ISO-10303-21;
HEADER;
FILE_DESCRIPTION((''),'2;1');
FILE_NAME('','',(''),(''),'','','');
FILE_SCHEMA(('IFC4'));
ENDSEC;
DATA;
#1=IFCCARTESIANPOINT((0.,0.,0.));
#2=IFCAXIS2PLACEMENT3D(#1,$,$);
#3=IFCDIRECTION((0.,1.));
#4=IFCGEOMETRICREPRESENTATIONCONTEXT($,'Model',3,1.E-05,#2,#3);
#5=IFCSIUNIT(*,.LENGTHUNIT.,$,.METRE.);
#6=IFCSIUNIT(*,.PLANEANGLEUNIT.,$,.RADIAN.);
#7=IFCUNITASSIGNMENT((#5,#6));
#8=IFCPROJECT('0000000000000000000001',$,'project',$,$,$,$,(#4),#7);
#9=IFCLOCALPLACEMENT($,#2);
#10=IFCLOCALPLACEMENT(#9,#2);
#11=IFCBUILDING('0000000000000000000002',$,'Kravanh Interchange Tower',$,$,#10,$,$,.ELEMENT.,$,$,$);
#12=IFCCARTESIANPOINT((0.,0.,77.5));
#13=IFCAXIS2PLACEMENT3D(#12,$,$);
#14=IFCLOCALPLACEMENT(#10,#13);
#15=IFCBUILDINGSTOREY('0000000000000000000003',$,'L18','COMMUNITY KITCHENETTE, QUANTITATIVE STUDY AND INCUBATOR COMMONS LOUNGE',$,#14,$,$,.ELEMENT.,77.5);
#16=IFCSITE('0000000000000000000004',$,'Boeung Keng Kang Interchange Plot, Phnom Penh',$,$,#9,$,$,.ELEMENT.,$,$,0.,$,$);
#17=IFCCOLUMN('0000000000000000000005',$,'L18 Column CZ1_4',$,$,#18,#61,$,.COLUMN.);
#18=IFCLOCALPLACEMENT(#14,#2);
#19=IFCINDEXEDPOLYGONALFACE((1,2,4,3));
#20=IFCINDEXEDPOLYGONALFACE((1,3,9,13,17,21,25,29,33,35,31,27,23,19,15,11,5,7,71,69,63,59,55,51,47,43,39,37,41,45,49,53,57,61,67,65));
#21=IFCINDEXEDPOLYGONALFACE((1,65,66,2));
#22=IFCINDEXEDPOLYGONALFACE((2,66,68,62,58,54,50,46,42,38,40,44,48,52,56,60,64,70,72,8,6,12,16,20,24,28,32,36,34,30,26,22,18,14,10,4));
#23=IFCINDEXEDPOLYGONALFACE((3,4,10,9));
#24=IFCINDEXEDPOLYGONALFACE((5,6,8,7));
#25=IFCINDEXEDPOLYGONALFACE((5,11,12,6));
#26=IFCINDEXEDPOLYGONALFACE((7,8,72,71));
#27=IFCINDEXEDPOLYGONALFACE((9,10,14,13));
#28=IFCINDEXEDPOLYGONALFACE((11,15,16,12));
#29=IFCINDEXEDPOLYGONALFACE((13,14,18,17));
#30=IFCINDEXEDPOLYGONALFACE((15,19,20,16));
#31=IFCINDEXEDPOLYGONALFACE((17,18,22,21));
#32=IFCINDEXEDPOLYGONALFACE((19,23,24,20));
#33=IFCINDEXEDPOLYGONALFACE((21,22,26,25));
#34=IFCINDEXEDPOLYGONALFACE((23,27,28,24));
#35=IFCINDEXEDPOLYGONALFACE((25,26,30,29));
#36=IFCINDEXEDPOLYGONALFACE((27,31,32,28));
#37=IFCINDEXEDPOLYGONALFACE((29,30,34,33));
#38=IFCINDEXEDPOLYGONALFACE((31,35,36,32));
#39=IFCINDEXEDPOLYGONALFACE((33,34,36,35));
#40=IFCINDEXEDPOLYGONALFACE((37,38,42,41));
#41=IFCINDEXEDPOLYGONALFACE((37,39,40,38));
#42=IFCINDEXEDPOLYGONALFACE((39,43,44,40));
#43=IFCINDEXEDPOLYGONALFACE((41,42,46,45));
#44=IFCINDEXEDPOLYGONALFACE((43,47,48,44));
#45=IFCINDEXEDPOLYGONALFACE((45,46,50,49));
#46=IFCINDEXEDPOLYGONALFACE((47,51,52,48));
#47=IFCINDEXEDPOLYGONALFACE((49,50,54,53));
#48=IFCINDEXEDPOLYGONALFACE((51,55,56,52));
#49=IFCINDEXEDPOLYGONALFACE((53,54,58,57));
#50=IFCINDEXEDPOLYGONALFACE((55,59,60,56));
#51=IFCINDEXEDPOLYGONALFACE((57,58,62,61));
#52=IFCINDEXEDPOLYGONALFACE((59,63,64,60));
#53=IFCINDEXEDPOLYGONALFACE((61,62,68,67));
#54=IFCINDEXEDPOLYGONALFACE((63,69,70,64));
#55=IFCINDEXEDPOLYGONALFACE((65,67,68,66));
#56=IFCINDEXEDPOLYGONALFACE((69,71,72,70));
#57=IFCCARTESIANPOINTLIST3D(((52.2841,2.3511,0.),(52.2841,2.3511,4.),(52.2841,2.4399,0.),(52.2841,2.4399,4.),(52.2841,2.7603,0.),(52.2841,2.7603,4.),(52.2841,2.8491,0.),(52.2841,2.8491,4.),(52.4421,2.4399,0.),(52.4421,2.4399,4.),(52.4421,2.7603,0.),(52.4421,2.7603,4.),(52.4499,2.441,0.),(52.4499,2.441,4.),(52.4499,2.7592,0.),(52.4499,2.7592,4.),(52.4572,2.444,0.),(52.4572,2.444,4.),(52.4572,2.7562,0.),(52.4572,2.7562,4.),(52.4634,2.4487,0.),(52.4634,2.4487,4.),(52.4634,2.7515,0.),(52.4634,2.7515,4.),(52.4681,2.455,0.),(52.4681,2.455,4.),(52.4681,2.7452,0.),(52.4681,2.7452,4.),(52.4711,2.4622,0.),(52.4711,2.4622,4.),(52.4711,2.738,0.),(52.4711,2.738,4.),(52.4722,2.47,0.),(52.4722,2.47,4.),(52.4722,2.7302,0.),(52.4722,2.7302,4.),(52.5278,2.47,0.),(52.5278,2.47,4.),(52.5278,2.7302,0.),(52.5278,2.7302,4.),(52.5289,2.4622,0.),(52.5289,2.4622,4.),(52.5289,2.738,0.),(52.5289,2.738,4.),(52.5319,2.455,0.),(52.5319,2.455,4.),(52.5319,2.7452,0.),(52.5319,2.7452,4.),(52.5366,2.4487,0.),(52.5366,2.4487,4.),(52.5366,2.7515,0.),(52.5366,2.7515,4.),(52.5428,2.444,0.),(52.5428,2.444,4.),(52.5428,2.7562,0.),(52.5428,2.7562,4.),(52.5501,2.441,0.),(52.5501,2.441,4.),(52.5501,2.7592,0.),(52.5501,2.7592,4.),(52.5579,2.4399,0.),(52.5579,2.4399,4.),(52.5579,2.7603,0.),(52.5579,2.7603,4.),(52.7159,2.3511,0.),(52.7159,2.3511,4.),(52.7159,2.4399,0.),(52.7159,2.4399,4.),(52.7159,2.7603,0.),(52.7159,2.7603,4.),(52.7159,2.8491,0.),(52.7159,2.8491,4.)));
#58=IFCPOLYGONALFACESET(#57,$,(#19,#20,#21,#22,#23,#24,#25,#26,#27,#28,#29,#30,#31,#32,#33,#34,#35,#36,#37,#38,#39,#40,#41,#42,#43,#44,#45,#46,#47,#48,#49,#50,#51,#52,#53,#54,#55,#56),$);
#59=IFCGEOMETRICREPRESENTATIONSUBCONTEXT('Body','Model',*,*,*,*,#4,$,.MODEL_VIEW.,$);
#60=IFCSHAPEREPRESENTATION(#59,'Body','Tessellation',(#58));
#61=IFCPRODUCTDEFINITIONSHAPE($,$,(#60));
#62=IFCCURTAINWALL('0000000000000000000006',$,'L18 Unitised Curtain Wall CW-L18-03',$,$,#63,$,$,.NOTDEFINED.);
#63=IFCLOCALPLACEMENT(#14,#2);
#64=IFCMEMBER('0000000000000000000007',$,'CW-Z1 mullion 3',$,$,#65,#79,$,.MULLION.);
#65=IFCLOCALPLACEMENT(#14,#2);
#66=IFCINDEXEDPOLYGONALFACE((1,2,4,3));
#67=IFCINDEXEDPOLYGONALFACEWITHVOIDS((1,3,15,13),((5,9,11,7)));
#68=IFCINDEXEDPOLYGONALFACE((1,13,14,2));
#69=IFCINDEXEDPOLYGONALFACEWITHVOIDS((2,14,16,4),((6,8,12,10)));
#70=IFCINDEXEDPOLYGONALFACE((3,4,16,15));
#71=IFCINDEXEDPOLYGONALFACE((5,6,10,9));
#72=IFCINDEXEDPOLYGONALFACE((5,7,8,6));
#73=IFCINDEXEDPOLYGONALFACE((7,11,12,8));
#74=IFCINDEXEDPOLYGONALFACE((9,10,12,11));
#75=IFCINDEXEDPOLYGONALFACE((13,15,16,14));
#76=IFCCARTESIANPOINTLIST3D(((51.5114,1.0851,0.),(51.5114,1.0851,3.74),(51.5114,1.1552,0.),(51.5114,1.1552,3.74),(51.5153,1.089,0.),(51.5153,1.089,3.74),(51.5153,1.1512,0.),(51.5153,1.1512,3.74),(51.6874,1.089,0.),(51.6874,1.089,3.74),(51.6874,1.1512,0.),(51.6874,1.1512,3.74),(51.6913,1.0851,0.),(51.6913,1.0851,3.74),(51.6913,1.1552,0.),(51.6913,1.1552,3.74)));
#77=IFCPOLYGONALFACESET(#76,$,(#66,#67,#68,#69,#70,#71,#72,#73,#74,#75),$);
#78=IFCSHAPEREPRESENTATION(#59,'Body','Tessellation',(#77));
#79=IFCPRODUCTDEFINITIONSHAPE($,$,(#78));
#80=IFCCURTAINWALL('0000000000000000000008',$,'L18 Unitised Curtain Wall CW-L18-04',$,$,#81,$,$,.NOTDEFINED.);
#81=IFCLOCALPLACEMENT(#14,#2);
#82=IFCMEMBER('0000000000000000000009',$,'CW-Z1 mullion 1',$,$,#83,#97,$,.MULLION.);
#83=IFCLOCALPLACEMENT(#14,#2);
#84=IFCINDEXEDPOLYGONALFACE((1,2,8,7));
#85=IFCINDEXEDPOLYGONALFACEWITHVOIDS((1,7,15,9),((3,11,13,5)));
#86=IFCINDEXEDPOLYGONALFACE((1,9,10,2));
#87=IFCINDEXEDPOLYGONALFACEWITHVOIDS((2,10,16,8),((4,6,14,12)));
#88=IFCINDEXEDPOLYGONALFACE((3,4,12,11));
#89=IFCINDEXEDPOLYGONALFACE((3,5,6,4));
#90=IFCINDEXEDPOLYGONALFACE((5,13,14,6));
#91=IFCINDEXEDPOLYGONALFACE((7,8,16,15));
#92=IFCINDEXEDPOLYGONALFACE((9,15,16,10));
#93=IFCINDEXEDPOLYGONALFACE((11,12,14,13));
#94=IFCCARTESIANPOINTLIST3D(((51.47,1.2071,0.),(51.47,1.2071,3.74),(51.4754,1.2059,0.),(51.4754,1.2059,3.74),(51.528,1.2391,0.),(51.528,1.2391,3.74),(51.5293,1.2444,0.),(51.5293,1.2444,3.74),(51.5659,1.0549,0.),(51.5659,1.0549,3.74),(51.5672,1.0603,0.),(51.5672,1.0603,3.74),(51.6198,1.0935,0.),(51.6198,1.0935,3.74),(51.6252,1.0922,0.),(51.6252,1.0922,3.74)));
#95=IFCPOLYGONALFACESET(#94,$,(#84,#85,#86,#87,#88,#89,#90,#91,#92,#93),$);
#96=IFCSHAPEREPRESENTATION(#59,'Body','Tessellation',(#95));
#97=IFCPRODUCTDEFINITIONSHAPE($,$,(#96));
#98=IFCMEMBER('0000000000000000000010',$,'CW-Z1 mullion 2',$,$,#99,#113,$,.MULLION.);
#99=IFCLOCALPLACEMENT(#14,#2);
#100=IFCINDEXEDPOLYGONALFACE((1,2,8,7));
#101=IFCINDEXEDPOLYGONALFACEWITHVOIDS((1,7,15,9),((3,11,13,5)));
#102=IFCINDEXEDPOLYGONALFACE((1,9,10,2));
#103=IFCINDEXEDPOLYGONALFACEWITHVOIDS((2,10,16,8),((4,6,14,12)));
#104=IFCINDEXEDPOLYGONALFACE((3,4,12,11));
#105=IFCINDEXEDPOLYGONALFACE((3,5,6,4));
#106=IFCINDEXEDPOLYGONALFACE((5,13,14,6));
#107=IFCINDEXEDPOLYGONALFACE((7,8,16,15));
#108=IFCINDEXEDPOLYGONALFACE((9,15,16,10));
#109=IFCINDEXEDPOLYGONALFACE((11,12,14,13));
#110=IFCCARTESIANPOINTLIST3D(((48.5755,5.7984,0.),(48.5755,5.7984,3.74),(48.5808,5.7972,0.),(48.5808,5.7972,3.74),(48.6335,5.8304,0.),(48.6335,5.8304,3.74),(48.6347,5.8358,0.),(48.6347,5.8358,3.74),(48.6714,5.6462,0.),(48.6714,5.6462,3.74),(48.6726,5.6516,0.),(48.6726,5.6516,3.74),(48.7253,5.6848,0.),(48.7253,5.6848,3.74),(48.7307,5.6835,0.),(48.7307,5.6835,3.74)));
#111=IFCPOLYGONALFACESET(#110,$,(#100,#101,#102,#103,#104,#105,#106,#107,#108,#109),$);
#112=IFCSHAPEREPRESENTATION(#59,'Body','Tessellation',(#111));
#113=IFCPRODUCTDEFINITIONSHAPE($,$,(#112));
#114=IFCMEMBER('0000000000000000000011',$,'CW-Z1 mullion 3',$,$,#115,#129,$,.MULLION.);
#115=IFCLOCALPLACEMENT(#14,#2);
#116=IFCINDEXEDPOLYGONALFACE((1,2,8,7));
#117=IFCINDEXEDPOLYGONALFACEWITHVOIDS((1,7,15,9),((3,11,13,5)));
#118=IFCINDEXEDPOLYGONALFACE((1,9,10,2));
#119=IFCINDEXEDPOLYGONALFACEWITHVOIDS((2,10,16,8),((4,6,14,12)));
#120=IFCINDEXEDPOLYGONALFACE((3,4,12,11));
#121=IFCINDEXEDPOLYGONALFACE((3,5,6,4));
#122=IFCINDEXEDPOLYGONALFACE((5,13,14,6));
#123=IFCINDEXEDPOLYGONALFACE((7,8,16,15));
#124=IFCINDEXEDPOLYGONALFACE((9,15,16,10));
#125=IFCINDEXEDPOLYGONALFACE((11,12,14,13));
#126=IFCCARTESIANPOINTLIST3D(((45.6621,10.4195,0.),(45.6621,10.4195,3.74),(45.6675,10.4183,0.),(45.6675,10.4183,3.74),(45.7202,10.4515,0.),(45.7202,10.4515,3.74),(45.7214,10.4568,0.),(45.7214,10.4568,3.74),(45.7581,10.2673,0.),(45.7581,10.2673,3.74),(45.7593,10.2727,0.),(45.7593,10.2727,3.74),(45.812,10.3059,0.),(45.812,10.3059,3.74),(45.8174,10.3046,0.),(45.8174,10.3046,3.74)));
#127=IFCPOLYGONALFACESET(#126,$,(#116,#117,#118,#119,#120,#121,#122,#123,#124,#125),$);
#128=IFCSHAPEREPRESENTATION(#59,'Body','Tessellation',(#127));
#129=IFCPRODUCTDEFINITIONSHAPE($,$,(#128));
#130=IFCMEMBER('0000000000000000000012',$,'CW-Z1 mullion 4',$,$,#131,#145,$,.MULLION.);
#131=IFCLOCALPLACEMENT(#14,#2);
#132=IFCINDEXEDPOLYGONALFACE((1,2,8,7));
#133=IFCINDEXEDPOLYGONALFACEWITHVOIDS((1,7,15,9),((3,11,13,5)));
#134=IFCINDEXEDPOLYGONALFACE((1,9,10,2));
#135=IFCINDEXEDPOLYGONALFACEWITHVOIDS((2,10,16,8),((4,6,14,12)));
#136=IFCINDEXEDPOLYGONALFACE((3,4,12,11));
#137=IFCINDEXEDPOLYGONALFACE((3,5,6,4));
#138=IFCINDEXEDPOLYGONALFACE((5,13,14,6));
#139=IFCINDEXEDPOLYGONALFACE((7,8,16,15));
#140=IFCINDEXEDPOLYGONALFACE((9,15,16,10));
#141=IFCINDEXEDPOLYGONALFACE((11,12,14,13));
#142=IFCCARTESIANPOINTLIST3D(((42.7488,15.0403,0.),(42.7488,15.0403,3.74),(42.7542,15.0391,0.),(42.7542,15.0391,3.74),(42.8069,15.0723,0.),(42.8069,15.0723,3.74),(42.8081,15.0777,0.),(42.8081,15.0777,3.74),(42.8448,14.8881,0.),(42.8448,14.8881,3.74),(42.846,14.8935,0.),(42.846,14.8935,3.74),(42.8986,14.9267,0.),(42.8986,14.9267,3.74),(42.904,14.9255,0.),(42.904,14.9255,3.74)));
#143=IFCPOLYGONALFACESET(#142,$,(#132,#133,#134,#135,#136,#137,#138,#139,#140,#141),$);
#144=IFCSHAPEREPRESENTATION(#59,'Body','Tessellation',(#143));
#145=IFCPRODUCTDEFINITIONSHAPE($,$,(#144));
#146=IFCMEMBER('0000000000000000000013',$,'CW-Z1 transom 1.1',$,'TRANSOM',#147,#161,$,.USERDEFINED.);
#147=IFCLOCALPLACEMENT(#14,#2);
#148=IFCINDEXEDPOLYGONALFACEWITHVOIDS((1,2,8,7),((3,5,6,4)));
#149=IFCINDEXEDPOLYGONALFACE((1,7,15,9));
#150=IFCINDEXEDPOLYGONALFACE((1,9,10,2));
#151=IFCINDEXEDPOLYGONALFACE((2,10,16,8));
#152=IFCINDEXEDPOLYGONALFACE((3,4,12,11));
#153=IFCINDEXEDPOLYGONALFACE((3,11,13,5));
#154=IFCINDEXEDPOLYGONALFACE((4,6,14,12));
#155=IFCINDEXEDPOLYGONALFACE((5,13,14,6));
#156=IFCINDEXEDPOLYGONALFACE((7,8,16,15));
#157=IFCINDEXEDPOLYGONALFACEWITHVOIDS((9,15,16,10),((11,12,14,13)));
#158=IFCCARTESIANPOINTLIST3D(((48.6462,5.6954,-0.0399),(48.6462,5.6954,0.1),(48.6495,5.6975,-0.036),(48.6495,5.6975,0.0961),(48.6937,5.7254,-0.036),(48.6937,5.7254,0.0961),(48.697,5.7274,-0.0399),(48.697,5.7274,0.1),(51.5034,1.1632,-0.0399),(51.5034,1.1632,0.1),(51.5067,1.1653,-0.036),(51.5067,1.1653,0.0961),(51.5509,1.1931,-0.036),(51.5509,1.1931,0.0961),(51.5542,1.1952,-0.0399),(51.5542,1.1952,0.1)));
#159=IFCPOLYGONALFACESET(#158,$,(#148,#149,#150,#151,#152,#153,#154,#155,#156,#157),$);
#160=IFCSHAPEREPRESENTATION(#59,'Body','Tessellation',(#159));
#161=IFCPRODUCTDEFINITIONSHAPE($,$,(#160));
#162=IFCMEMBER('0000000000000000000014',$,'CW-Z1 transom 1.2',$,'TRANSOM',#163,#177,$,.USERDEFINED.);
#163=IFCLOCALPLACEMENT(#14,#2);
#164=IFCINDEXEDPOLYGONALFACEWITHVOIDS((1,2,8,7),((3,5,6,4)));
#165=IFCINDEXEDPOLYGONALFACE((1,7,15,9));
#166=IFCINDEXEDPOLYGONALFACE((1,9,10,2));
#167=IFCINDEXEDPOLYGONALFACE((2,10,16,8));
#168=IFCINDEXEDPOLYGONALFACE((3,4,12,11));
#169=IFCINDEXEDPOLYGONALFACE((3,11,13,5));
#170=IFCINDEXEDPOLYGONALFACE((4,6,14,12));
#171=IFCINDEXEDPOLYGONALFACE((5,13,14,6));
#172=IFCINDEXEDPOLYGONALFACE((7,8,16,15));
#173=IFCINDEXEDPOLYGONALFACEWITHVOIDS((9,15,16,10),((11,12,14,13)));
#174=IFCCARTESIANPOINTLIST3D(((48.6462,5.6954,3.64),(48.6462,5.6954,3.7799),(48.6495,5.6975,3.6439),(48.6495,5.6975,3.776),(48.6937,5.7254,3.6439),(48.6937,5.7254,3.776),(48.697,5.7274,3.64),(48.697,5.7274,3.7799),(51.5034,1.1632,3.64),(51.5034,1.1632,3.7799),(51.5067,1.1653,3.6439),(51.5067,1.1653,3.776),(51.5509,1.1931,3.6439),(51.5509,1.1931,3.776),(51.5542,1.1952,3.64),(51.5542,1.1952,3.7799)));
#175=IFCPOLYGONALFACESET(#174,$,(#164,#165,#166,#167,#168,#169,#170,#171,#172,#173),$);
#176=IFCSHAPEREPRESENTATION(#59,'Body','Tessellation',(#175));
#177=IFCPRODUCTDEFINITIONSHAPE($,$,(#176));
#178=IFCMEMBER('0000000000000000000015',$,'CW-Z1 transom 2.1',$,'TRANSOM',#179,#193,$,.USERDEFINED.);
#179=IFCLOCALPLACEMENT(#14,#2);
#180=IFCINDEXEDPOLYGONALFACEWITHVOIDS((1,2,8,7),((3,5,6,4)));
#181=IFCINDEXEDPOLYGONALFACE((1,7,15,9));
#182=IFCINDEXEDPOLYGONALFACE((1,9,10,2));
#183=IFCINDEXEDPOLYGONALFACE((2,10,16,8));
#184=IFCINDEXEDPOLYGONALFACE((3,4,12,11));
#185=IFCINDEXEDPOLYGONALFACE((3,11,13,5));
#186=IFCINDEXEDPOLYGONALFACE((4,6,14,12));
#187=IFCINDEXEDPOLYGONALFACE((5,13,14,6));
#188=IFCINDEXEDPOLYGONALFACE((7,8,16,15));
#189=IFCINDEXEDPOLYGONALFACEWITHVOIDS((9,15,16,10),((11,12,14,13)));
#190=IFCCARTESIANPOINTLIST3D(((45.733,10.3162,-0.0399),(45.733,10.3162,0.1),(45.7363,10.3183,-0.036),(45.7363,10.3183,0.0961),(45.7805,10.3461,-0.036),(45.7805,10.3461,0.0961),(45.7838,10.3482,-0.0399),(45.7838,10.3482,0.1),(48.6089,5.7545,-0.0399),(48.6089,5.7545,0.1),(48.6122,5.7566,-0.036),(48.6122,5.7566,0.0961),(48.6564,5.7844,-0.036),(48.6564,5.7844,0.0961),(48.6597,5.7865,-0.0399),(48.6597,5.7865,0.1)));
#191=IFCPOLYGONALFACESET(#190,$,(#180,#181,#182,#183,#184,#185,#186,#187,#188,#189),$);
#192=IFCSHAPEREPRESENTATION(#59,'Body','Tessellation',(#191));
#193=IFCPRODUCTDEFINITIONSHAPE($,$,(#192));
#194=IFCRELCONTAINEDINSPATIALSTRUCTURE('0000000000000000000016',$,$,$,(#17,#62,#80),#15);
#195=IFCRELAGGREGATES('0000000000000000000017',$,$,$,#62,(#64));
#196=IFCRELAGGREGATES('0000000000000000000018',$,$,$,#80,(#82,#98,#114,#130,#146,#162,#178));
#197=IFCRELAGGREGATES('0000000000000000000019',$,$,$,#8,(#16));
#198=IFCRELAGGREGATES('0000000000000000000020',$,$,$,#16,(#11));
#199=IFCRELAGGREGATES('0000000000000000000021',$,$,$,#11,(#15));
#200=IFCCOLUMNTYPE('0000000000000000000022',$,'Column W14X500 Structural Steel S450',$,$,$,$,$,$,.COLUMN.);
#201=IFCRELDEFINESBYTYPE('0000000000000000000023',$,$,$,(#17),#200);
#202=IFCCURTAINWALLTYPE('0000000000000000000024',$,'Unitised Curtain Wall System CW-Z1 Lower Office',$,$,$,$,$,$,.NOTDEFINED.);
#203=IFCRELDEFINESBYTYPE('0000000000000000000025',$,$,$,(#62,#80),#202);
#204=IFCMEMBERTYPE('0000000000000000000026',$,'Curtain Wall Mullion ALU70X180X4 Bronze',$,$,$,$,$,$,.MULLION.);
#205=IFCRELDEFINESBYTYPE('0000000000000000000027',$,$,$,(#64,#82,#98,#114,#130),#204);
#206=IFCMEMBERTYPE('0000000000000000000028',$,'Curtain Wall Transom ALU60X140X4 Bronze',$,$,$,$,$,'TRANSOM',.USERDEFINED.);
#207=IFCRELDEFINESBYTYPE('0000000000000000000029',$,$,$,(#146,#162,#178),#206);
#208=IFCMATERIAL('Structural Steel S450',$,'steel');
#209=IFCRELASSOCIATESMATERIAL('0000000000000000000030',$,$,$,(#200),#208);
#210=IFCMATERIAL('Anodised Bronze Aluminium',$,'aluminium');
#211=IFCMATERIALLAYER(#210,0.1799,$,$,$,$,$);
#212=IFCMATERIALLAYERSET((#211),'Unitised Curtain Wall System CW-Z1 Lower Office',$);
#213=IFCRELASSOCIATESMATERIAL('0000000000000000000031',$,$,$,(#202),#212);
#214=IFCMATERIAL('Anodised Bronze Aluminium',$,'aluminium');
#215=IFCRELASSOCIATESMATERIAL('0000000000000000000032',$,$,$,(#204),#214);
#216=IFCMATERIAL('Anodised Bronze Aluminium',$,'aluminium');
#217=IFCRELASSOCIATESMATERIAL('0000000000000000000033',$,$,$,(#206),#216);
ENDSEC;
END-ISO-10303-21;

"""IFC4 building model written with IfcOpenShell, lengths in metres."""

from ifc_helpers import new_model, si_unit, direction, frame, origin, origin_2d, place, context, subcontext, project, spatial, hollow_rectangle, i_section, extrude, material, layer, layer_set, material_profile, profile_set, type_object, element, aggregate, save


model = new_model("IFC4")

# Units and contexts
model_context = context("Model", 3, precision=1e-05, world=origin(), true_north=direction((0.0, 1.0)))
body_context = subcontext(model_context, "Body", "Model", "MODEL_VIEW")
ifc_project = project(units=[si_unit("LENGTHUNIT", "METRE"), si_unit("PLANEANGLEUNIT", "RADIAN")], contexts=[model_context])

# Site, building, storey
site_placement = place(None, origin())
site = spatial("IfcSite", under=ifc_project, at=site_placement, Name="Boeung Keng Kang Interchange Plot, Phnom Penh", CompositionType="ELEMENT", RefElevation=0.0)
building_placement = place(site_placement, origin())
building = spatial("IfcBuilding", under=site, at=building_placement, Name="Kravanh Interchange Tower", CompositionType="ELEMENT")
storey_placement = place(building_placement, frame((0.0, 0.0, 77.5)))
storey = spatial("IfcBuildingStorey", under=building, at=storey_placement, Name="L18", Description="COMMUNITY KITCHENETTE, QUANTITATIVE STUDY AND INCUBATOR COMMONS LOUNGE", CompositionType="ELEMENT", Elevation=77.5)

# Column
ifc_material_1 = material(Name="Structural Steel S450", Category="steel")
ifc_material_profile_1 = material_profile(ifc_material_1, i_section(OverallWidth=0.4319, OverallDepth=0.498, WebThickness=0.0557, FlangeThickness=0.0889, FilletRadius=0.03, at=origin_2d()), Name="W14X500")
ifc_profile_set_1 = profile_set([ifc_material_profile_1], Name="Structural Steel S450")
column_type = type_object("IfcColumnType", Name="Column W14X500 Structural Steel S450", PredefinedType="COLUMN", material=ifc_profile_set_1)
column_placement = place(storey_placement, frame((52.5, 2.6001, 0.0), z_axis=(0.0, 0.0, 1.0), x_axis=(1.0, 0.0, 0.0)))
element("IfcColumn", 1, at=column_placement, inside=storey, type_object=column_type, Name="L18 Column CZ1_4", PredefinedType="COLUMN", context=body_context, shape_type="SweptSolid", body=[
    extrude(i_section(OverallWidth=0.4319, OverallDepth=0.498, WebThickness=0.0557, FlangeThickness=0.0889, FilletRadius=0.03, at=origin_2d()), origin(), (0.0, 0.0, 1.0), 4.0),
])

# Curtain wall, member
ifc_material_2 = material(Name="Anodised Bronze Aluminium", Category="aluminium")
ifc_layer_1 = layer(ifc_material_2, 0.1799)
ifc_layer_set_1 = layer_set([ifc_layer_1], Name="Unitised Curtain Wall System CW-Z1 Lower Office")
curtain_wall_type = type_object("IfcCurtainWallType", Name="Unitised Curtain Wall System CW-Z1 Lower Office", PredefinedType="NOTDEFINED", material=ifc_layer_set_1)
curtain_wall_1_placement = place(storey_placement, origin())
curtain_wall_1 = element("IfcCurtainWall", 2, at=curtain_wall_1_placement, inside=storey, type_object=curtain_wall_type, Name="L18 Unitised Curtain Wall CW-L18-03", PredefinedType="NOTDEFINED")
ifc_material_3 = material(Name="Anodised Bronze Aluminium", Category="aluminium")
ifc_material_profile_2 = material_profile(ifc_material_3, hollow_rectangle(XDim=0.0701, YDim=0.1799, WallThickness=0.0039, at=origin_2d()), Name="ALU70X180X4")
ifc_profile_set_2 = profile_set([ifc_material_profile_2], Name="Anodised Bronze Aluminium")
member_type_1 = type_object("IfcMemberType", Name="Curtain Wall Mullion ALU70X180X4 Bronze", PredefinedType="MULLION", material=ifc_profile_set_2)
member_1_placement = place(storey_placement, frame((51.6013, 1.1201, 0.0), z_axis=(0.0, 0.0, 1.0), x_axis=(0.0, -1.0, 0.0)))
member_1 = element("IfcMember", 3, at=member_1_placement, type_object=member_type_1, Name="CW-Z1 mullion 3", PredefinedType="MULLION", context=body_context, shape_type="SweptSolid", body=[
    extrude(hollow_rectangle(XDim=0.0701, YDim=0.1799, WallThickness=0.0039, at=origin_2d()), origin(), (0.0, 0.0, 1.0), 3.74),
])
aggregate(curtain_wall_1, [member_1])

# Curtain wall, members
curtain_wall_2_placement = place(storey_placement, origin())
curtain_wall_2 = element("IfcCurtainWall", 4, at=curtain_wall_2_placement, inside=storey, type_object=curtain_wall_type, Name="L18 Unitised Curtain Wall CW-L18-04", PredefinedType="NOTDEFINED")
member_2_placement = place(storey_placement, frame((51.5476, 1.1497, 0.0), z_axis=(0.0, 0.0, 1.0), x_axis=(-0.845926, -0.533301, 0.0)))
member_2 = element("IfcMember", 5, at=member_2_placement, type_object=member_type_1, Name="CW-Z1 mullion 1", PredefinedType="MULLION", context=body_context, shape_type="SweptSolid", body=[
    extrude(hollow_rectangle(XDim=0.0701, YDim=0.1799, WallThickness=0.0039, at=origin_2d()), origin(), (0.0, 0.0, 1.0), 3.74),
])
member_3_placement = place(storey_placement, frame((48.6531, 5.741, 0.0), z_axis=(0.0, 0.0, 1.0), x_axis=(-0.845926, -0.533301, 0.0)))
member_3 = element("IfcMember", 6, at=member_3_placement, type_object=member_type_1, Name="CW-Z1 mullion 2", PredefinedType="MULLION", context=body_context, shape_type="SweptSolid", body=[
    extrude(hollow_rectangle(XDim=0.0701, YDim=0.1799, WallThickness=0.0039, at=origin_2d()), origin(), (0.0, 0.0, 1.0), 3.74),
])
member_4_placement = place(storey_placement, frame((45.7397, 10.3621, 0.0), z_axis=(0.0, 0.0, 1.0), x_axis=(-0.845926, -0.533301, 0.0)))
member_4 = element("IfcMember", 7, at=member_4_placement, type_object=member_type_1, Name="CW-Z1 mullion 3", PredefinedType="MULLION", context=body_context, shape_type="SweptSolid", body=[
    extrude(hollow_rectangle(XDim=0.0701, YDim=0.1799, WallThickness=0.0039, at=origin_2d()), origin(), (0.0, 0.0, 1.0), 3.74),
])
member_5_placement = place(storey_placement, frame((42.8264, 14.9829, 0.0), z_axis=(0.0, 0.0, 1.0), x_axis=(-0.845926, -0.533301, 0.0)))
member_5 = element("IfcMember", 8, at=member_5_placement, type_object=member_type_1, Name="CW-Z1 mullion 4", PredefinedType="MULLION", context=body_context, shape_type="SweptSolid", body=[
    extrude(hollow_rectangle(XDim=0.0701, YDim=0.1799, WallThickness=0.0039, at=origin_2d()), origin(), (0.0, 0.0, 1.0), 3.74),
])
ifc_material_4 = material(Name="Anodised Bronze Aluminium", Category="aluminium")
ifc_material_profile_3 = material_profile(ifc_material_4, hollow_rectangle(XDim=0.0601, YDim=0.1399, WallThickness=0.0039, at=origin_2d()), Name="ALU60X140X4")
ifc_profile_set_3 = profile_set([ifc_material_profile_3], Name="Anodised Bronze Aluminium")
member_type_2 = type_object("IfcMemberType", Name="Curtain Wall Transom ALU60X140X4 Bronze", ElementType="TRANSOM", PredefinedType="USERDEFINED", material=ifc_profile_set_3)
member_6_placement = place(storey_placement, frame((51.5288, 1.1792, 0.03), z_axis=(-0.533288, 0.845934, 0.0), x_axis=(-0.845934, -0.533288, 0.0)))
member_6 = element("IfcMember", 9, at=member_6_placement, type_object=member_type_2, Name="CW-Z1 transom 1.1", ObjectType="TRANSOM", PredefinedType="USERDEFINED", context=body_context, shape_type="SweptSolid", body=[
    extrude(hollow_rectangle(XDim=0.0601, YDim=0.1399, WallThickness=0.0039, at=origin_2d()), origin(), (0.0, 0.0, 1.0), 5.3577),
])
member_7_placement = place(storey_placement, frame((51.5288, 1.1792, 3.71), z_axis=(-0.533288, 0.845934, 0.0), x_axis=(-0.845934, -0.533288, 0.0)))
member_7 = element("IfcMember", 10, at=member_7_placement, type_object=member_type_2, Name="CW-Z1 transom 1.2", ObjectType="TRANSOM", PredefinedType="USERDEFINED", context=body_context, shape_type="SweptSolid", body=[
    extrude(hollow_rectangle(XDim=0.0601, YDim=0.1399, WallThickness=0.0039, at=origin_2d()), origin(), (0.0, 0.0, 1.0), 5.3577),
])
member_8_placement = place(storey_placement, frame((48.6343, 5.7705, 0.03), z_axis=(-0.533311, 0.845919, 0.0), x_axis=(-0.845919, -0.533311, 0.0)))
member_8 = element("IfcMember", 11, at=member_8_placement, type_object=member_type_2, Name="CW-Z1 transom 2.1", ObjectType="TRANSOM", PredefinedType="USERDEFINED", context=body_context, shape_type="SweptSolid", body=[
    extrude(hollow_rectangle(XDim=0.0601, YDim=0.1399, WallThickness=0.0039, at=origin_2d()), origin(), (0.0, 0.0, 1.0), 5.3926),
])

aggregate(curtain_wall_2, [member_2, member_3, member_4, member_5, member_6, member_7, member_8])

save(model, "model.ifc")
